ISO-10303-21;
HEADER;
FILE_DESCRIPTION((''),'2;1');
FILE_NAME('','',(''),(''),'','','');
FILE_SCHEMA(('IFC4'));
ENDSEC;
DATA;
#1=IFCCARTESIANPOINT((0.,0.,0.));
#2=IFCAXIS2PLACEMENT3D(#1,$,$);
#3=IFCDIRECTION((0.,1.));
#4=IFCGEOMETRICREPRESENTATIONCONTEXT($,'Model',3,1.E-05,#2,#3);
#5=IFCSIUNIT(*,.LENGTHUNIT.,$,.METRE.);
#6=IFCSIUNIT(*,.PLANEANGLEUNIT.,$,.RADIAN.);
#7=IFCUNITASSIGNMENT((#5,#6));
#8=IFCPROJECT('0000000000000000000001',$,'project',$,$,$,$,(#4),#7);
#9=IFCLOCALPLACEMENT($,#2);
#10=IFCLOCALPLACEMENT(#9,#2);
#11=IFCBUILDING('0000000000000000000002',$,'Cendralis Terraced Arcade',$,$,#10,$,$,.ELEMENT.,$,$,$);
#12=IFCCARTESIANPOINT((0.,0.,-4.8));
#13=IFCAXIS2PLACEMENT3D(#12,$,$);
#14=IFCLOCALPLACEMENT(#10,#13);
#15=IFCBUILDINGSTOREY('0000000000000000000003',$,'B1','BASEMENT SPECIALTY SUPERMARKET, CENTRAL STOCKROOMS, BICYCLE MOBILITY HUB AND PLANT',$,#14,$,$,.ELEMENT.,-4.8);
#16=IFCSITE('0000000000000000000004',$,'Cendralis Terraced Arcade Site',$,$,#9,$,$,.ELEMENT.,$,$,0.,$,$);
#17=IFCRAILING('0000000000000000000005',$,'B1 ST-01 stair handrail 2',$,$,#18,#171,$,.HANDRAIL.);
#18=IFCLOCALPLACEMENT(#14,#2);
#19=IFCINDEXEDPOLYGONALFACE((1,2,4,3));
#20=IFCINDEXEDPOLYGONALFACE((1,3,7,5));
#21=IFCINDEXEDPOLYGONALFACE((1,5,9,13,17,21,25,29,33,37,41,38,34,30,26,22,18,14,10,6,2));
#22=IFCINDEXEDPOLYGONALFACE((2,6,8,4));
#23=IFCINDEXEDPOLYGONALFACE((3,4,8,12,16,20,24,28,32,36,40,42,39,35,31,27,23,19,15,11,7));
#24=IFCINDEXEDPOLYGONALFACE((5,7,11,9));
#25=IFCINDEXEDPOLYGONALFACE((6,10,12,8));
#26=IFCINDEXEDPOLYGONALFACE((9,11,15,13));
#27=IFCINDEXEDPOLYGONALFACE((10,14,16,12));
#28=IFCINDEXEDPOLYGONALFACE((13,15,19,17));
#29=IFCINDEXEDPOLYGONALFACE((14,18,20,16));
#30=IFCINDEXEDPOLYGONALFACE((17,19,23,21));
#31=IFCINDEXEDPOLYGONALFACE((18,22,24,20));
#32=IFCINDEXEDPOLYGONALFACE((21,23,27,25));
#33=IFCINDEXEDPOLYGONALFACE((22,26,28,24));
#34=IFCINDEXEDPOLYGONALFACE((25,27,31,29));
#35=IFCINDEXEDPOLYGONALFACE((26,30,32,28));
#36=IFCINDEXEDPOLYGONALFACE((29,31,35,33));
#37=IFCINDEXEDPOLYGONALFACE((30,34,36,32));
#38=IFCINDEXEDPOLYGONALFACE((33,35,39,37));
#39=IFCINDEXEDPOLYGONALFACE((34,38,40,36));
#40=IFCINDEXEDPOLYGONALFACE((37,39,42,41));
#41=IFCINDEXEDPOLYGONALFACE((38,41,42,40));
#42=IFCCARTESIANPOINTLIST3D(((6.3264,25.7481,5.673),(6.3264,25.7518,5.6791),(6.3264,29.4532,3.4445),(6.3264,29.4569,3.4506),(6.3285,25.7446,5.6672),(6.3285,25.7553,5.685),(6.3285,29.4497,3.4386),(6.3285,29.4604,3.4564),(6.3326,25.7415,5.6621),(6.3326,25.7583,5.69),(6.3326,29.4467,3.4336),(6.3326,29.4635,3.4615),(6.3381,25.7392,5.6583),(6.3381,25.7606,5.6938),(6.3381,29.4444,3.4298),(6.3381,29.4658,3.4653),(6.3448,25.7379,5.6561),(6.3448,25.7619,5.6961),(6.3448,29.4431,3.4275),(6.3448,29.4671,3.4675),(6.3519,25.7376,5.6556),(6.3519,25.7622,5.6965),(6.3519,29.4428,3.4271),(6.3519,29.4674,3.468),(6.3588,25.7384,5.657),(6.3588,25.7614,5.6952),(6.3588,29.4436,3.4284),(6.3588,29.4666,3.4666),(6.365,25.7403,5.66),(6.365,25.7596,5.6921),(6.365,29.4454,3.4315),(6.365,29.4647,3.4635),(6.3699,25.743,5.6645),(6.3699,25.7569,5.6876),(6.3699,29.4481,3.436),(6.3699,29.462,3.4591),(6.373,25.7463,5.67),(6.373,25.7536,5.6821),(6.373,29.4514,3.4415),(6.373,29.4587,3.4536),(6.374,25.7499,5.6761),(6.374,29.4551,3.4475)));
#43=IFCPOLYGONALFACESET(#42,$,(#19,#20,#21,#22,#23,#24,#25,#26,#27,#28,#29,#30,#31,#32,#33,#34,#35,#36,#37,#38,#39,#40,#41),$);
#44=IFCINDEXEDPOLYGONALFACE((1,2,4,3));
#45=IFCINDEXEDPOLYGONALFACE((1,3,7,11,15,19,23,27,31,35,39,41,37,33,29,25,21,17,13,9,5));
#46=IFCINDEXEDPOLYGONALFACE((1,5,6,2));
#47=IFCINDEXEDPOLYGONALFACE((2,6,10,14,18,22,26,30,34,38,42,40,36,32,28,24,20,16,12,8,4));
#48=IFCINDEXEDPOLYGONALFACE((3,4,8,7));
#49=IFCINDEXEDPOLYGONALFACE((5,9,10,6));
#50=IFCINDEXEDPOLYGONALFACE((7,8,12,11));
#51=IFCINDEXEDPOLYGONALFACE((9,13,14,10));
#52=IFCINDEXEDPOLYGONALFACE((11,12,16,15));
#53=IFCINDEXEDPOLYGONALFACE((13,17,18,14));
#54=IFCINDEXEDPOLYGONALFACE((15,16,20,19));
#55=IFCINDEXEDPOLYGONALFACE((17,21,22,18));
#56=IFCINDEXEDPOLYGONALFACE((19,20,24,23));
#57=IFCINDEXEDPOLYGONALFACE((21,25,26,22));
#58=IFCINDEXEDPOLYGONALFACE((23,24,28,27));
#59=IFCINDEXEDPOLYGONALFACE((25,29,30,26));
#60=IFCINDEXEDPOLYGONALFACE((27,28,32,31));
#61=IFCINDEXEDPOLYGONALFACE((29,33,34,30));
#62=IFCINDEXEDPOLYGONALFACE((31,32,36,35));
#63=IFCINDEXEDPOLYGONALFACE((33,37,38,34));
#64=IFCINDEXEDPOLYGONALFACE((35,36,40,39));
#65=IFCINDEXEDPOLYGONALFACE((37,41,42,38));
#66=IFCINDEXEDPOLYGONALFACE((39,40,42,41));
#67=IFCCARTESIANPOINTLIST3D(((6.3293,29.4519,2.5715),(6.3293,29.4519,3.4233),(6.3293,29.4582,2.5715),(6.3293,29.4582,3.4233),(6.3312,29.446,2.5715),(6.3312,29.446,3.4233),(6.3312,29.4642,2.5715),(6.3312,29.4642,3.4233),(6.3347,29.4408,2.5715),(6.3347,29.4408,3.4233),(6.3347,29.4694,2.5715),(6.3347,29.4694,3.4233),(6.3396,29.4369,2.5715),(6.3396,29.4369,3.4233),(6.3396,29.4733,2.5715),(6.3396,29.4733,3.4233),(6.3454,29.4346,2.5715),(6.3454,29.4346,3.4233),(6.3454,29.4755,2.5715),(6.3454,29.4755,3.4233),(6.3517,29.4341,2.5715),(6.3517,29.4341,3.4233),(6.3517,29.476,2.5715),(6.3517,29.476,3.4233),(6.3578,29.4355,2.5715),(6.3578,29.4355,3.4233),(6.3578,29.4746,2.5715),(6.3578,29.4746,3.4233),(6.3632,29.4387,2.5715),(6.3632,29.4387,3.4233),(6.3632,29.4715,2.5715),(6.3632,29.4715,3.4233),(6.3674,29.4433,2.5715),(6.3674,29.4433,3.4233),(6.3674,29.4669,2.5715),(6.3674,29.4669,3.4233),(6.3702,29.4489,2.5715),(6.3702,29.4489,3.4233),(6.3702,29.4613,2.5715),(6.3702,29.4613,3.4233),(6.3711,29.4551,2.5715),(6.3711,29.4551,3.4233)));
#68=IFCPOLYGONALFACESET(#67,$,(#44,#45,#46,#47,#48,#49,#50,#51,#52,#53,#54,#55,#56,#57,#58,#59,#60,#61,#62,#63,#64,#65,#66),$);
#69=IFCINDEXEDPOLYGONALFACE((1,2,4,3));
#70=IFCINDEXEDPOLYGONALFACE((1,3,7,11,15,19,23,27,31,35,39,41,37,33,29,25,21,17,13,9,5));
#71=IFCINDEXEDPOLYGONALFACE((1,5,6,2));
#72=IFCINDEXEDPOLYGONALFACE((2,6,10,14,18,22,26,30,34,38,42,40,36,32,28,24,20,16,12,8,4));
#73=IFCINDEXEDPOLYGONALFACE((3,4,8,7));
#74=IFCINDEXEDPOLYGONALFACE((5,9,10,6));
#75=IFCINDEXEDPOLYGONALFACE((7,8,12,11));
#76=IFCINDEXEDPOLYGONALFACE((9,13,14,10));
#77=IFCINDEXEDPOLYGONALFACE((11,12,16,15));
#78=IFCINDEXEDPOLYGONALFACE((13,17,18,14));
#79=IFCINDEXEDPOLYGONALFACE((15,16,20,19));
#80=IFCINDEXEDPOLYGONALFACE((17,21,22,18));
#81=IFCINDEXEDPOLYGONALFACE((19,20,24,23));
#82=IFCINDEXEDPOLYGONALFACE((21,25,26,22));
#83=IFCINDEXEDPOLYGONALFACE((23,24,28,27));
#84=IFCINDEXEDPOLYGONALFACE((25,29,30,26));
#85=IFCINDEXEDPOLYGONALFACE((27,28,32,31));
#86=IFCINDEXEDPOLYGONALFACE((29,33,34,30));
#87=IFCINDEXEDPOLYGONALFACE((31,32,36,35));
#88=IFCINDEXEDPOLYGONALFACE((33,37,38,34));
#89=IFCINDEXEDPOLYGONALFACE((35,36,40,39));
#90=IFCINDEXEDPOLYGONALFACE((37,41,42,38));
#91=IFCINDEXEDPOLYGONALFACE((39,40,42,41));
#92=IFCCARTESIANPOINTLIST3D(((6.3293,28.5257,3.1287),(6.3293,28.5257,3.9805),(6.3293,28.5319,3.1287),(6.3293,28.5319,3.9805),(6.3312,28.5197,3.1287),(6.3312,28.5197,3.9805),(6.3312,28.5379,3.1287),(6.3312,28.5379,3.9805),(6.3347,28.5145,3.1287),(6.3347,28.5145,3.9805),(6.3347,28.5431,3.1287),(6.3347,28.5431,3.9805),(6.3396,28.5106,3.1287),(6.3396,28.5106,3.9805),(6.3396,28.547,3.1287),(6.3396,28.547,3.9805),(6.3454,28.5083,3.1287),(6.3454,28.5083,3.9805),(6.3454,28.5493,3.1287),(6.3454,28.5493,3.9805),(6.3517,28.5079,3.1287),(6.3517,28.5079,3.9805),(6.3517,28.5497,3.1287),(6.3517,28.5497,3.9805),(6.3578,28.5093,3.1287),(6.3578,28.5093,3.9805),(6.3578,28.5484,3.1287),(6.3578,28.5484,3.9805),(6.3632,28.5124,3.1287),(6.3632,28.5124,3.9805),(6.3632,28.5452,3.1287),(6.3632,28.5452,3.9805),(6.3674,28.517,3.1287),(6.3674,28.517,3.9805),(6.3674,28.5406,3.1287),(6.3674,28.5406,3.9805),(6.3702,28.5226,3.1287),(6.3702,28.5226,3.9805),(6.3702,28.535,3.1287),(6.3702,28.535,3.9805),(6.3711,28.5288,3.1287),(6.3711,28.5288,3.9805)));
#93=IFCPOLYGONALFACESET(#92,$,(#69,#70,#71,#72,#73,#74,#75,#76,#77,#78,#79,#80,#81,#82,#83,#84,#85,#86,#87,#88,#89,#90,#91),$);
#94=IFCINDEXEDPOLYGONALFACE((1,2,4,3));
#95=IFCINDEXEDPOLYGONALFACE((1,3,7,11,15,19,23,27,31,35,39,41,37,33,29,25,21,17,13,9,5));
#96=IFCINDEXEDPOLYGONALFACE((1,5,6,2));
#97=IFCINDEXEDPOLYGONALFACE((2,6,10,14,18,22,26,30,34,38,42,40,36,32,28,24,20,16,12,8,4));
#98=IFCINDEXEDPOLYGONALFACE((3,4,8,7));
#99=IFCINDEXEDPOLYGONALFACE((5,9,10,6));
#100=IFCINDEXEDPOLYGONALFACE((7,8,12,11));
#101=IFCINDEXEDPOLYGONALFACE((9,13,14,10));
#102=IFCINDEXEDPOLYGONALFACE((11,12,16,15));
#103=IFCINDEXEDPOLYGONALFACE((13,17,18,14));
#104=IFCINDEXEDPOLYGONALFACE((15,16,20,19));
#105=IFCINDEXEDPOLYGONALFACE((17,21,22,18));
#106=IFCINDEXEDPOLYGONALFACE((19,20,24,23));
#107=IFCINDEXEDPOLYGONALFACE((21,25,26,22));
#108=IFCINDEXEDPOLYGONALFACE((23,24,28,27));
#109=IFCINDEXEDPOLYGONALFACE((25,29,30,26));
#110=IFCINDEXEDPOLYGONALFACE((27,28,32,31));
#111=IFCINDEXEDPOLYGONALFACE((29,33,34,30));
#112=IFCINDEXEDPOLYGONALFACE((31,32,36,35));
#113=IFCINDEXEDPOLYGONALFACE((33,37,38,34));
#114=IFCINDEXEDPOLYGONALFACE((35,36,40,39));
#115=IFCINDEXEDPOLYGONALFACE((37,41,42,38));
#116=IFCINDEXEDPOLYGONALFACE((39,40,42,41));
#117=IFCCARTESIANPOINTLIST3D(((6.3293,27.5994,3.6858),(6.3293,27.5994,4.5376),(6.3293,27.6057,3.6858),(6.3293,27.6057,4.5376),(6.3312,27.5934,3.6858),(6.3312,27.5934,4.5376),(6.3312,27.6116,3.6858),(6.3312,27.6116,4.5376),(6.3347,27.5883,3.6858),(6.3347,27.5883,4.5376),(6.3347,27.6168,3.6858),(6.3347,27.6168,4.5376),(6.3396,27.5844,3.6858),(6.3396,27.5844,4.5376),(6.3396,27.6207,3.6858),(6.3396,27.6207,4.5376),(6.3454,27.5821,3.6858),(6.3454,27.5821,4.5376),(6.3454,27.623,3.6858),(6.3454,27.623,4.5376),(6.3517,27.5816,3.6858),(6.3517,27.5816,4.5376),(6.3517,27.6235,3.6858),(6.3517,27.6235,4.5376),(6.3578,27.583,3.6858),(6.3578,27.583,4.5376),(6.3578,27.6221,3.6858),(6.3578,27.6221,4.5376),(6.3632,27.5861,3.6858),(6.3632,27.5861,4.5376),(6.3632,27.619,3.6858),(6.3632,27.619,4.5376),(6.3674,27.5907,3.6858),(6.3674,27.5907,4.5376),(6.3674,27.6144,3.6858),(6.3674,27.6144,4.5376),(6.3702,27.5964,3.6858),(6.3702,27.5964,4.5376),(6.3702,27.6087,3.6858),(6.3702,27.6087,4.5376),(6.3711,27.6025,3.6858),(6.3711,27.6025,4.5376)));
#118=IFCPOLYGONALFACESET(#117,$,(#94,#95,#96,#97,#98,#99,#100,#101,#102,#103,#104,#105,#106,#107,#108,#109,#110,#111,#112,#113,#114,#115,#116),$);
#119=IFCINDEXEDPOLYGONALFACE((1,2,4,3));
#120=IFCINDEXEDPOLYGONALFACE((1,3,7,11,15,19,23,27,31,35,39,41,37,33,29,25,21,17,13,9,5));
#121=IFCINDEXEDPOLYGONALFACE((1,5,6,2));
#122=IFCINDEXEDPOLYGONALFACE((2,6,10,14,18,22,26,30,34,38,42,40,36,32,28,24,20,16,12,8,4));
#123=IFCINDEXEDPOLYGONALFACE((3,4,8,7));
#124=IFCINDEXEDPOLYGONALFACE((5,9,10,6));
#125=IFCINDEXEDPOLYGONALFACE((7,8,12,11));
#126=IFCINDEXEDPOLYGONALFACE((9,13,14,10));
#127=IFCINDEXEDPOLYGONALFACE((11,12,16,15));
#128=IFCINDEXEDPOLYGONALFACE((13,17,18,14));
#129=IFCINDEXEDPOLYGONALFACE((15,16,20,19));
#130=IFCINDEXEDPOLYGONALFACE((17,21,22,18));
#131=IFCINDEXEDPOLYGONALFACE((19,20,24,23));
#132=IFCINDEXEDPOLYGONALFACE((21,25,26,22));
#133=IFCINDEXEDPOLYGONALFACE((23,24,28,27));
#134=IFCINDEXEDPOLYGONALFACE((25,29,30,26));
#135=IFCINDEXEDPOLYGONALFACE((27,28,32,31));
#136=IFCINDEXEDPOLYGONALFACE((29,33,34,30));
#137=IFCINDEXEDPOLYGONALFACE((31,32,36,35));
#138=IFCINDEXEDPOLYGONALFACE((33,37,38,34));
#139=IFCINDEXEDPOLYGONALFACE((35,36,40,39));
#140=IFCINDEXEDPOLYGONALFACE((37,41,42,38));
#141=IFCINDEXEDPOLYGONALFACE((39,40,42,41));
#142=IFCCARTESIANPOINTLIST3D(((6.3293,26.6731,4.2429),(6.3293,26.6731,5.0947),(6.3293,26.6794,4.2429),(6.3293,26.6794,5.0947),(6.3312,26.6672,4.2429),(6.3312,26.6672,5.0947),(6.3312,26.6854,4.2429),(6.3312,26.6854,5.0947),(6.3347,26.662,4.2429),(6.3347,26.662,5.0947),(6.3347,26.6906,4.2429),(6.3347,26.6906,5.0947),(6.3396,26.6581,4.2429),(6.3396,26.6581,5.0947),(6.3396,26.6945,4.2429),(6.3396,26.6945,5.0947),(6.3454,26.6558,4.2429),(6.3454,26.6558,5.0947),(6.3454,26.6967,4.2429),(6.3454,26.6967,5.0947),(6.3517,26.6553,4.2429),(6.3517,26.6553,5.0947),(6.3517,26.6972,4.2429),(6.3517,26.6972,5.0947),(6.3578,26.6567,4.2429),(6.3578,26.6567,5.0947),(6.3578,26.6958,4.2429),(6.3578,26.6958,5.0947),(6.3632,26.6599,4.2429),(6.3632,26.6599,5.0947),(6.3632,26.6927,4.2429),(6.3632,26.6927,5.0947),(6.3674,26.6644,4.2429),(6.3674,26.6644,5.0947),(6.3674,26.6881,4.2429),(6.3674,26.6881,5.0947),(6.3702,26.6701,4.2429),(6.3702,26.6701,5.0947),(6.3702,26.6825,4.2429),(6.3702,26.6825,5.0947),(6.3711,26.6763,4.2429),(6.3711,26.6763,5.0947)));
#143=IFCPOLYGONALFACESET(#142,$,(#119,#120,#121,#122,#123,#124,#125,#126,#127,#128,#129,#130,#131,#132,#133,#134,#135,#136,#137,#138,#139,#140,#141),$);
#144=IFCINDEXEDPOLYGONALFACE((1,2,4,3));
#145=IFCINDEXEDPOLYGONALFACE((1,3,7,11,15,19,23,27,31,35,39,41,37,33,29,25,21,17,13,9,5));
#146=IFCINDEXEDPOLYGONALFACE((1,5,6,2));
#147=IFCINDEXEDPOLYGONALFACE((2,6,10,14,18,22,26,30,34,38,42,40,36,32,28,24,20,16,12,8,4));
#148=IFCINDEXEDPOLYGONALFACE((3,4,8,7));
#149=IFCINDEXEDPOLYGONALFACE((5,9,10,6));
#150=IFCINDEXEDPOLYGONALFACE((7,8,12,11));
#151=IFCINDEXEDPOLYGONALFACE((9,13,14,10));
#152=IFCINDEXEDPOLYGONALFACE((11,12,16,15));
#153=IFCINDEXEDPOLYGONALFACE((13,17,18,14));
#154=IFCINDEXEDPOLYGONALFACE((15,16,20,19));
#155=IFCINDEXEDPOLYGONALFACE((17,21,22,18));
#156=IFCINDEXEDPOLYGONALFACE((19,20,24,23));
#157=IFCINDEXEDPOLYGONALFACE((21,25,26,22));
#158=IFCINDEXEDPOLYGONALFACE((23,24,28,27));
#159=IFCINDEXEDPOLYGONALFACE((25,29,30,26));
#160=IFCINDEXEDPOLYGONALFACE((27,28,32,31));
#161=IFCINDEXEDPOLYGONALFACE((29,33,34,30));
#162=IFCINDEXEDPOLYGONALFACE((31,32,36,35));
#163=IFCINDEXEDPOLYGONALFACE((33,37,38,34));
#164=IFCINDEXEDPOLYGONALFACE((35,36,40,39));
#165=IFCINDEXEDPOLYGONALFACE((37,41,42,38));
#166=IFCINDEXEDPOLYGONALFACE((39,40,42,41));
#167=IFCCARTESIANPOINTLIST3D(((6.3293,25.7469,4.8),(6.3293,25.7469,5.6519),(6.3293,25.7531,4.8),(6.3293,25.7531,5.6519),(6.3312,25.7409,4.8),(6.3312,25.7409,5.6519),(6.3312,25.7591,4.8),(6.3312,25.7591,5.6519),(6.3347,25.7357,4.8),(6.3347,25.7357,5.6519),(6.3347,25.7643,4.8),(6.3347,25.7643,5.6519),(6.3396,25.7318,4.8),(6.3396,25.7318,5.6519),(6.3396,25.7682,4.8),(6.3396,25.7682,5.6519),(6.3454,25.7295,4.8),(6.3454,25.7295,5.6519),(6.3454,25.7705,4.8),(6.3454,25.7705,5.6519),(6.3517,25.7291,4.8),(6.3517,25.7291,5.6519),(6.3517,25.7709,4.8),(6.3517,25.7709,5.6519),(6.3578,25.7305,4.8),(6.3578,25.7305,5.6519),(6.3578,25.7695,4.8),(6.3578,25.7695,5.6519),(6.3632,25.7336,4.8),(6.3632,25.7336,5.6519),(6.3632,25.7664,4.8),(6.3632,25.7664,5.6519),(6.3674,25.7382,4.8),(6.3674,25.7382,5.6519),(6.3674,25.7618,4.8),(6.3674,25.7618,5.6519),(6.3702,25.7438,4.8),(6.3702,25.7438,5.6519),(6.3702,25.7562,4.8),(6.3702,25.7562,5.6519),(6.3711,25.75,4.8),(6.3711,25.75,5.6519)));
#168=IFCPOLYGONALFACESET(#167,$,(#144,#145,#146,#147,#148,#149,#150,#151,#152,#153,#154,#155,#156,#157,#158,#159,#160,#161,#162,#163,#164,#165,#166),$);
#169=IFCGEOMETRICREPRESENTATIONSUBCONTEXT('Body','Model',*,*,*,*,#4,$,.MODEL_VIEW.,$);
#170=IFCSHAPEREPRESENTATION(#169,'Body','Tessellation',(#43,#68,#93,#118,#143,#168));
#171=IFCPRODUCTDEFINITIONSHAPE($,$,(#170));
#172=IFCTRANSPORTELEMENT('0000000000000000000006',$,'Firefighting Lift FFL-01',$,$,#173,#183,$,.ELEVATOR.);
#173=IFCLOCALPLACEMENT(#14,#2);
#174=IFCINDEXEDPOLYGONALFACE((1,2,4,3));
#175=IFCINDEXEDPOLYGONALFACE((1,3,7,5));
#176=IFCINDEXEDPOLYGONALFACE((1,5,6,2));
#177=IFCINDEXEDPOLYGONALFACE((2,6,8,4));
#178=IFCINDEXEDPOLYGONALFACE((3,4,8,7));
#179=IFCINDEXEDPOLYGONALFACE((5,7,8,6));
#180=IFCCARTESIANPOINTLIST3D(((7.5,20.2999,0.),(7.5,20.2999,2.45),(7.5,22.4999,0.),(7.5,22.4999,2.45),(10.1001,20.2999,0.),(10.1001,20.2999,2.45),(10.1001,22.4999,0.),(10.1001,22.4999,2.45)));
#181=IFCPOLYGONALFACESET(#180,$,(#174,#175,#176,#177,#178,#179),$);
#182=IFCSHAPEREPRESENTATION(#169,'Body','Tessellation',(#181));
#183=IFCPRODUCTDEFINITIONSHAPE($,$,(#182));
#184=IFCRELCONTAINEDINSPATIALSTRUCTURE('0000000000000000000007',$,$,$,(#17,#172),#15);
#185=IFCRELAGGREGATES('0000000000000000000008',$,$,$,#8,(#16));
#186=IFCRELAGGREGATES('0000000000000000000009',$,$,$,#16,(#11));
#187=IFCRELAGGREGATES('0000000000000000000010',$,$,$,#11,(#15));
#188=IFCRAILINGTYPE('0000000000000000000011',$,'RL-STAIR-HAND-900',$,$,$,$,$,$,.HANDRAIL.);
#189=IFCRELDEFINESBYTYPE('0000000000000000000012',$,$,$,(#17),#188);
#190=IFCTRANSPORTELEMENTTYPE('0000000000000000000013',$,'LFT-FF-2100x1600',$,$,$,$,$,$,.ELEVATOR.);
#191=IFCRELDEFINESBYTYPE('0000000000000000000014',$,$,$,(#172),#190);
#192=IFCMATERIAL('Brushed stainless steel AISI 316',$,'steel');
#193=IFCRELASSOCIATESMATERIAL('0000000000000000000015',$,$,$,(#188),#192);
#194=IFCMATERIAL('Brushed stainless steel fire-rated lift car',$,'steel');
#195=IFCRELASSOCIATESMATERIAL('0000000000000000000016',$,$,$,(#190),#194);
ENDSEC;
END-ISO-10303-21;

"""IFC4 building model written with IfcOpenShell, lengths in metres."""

from ifc_helpers import new_model, si_unit, direction, frame, origin, origin_2d, place, context, subcontext, project, spatial, rectangle, circle, extrude, material, type_object, element, save


model = new_model("IFC4")

# Units and contexts
model_context = context("Model", 3, precision=1e-05, world=origin(), true_north=direction((0.0, 1.0)))
body_context = subcontext(model_context, "Body", "Model", "MODEL_VIEW")
ifc_project = project(units=[si_unit("LENGTHUNIT", "METRE"), si_unit("PLANEANGLEUNIT", "RADIAN")], contexts=[model_context])

# Site, building, storey
site_placement = place(None, origin())
site = spatial("IfcSite", under=ifc_project, at=site_placement, Name="Cendralis Terraced Arcade Site", CompositionType="ELEMENT", RefElevation=0.0)
building_placement = place(site_placement, origin())
building = spatial("IfcBuilding", under=site, at=building_placement, Name="Cendralis Terraced Arcade", CompositionType="ELEMENT")
storey_placement = place(building_placement, frame((0.0, 0.0, -4.8)))
storey = spatial("IfcBuildingStorey", under=building, at=storey_placement, Name="B1", Description="BASEMENT SPECIALTY SUPERMARKET, CENTRAL STOCKROOMS, BICYCLE MOBILITY HUB AND PLANT", CompositionType="ELEMENT", Elevation=-4.8)

# Railing
ifc_material_1 = material(Name="Brushed stainless steel AISI 316", Category="steel")
railing_type_1 = type_object("IfcRailingType", Name="RL-STAIR-HAND-900", PredefinedType="HANDRAIL", material=ifc_material_1)
railing_1_placement = place(storey_placement, frame((6.3501, 29.4551, 2.5715)))
element("IfcRailing", 1, at=railing_1_placement, inside=storey, type_object=railing_type_1, Name="B1 ST-01 stair handrail 2", PredefinedType="HANDRAIL", context=body_context, shape_type="SweptSolid", body=[
    extrude(circle(Radius=0.0239, at=origin_2d()), frame((0.0, 0.0, 0.876), z_axis=(0.0, -0.856934, 0.515425), x_axis=(1.0, 0.0, 0.0)), (0.0, 0.0, 1.0), 4.3237),
    extrude(circle(Radius=0.021, at=origin_2d()), origin(), (0.0, 0.0, 1.0), 0.8518),
    extrude(circle(Radius=0.021, at=origin_2d()), frame((0.0, -0.9263, 0.5571)), (0.0, 0.0, 1.0), 0.8518),
    extrude(circle(Radius=0.021, at=origin_2d()), frame((0.0, -1.8525, 1.1143)), (0.0, 0.0, 1.0), 0.8518),
    extrude(circle(Radius=0.021, at=origin_2d()), frame((0.0, -2.7788, 1.6714)), (0.0, 0.0, 1.0), 0.8518),
    extrude(circle(Radius=0.021, at=origin_2d()), frame((0.0, -3.7051, 2.2285)), (0.0, 0.0, 1.0), 0.8518),
])

# Transport element
ifc_material_2 = material(Name="Brushed stainless steel fire-rated lift car", Category="steel")
transport_element_type = type_object("IfcTransportElementType", Name="LFT-FF-2100x1600", PredefinedType="ELEVATOR", material=ifc_material_2)
transport_element_placement = place(storey_placement, frame((8.8, 21.3999, 0.0), z_axis=(0.0, 0.0, 1.0), x_axis=(1.0, 0.0, 0.0)))
element("IfcTransportElement", 2, at=transport_element_placement, inside=storey, type_object=transport_element_type, Name="Firefighting Lift FFL-01", PredefinedType="ELEVATOR", context=body_context, shape_type="SweptSolid", body=[
    extrude(rectangle(XDim=2.6001, YDim=2.2, at=origin_2d()), origin(), (0.0, 0.0, 1.0), 2.45),
])

save(model, "model.ifc")
